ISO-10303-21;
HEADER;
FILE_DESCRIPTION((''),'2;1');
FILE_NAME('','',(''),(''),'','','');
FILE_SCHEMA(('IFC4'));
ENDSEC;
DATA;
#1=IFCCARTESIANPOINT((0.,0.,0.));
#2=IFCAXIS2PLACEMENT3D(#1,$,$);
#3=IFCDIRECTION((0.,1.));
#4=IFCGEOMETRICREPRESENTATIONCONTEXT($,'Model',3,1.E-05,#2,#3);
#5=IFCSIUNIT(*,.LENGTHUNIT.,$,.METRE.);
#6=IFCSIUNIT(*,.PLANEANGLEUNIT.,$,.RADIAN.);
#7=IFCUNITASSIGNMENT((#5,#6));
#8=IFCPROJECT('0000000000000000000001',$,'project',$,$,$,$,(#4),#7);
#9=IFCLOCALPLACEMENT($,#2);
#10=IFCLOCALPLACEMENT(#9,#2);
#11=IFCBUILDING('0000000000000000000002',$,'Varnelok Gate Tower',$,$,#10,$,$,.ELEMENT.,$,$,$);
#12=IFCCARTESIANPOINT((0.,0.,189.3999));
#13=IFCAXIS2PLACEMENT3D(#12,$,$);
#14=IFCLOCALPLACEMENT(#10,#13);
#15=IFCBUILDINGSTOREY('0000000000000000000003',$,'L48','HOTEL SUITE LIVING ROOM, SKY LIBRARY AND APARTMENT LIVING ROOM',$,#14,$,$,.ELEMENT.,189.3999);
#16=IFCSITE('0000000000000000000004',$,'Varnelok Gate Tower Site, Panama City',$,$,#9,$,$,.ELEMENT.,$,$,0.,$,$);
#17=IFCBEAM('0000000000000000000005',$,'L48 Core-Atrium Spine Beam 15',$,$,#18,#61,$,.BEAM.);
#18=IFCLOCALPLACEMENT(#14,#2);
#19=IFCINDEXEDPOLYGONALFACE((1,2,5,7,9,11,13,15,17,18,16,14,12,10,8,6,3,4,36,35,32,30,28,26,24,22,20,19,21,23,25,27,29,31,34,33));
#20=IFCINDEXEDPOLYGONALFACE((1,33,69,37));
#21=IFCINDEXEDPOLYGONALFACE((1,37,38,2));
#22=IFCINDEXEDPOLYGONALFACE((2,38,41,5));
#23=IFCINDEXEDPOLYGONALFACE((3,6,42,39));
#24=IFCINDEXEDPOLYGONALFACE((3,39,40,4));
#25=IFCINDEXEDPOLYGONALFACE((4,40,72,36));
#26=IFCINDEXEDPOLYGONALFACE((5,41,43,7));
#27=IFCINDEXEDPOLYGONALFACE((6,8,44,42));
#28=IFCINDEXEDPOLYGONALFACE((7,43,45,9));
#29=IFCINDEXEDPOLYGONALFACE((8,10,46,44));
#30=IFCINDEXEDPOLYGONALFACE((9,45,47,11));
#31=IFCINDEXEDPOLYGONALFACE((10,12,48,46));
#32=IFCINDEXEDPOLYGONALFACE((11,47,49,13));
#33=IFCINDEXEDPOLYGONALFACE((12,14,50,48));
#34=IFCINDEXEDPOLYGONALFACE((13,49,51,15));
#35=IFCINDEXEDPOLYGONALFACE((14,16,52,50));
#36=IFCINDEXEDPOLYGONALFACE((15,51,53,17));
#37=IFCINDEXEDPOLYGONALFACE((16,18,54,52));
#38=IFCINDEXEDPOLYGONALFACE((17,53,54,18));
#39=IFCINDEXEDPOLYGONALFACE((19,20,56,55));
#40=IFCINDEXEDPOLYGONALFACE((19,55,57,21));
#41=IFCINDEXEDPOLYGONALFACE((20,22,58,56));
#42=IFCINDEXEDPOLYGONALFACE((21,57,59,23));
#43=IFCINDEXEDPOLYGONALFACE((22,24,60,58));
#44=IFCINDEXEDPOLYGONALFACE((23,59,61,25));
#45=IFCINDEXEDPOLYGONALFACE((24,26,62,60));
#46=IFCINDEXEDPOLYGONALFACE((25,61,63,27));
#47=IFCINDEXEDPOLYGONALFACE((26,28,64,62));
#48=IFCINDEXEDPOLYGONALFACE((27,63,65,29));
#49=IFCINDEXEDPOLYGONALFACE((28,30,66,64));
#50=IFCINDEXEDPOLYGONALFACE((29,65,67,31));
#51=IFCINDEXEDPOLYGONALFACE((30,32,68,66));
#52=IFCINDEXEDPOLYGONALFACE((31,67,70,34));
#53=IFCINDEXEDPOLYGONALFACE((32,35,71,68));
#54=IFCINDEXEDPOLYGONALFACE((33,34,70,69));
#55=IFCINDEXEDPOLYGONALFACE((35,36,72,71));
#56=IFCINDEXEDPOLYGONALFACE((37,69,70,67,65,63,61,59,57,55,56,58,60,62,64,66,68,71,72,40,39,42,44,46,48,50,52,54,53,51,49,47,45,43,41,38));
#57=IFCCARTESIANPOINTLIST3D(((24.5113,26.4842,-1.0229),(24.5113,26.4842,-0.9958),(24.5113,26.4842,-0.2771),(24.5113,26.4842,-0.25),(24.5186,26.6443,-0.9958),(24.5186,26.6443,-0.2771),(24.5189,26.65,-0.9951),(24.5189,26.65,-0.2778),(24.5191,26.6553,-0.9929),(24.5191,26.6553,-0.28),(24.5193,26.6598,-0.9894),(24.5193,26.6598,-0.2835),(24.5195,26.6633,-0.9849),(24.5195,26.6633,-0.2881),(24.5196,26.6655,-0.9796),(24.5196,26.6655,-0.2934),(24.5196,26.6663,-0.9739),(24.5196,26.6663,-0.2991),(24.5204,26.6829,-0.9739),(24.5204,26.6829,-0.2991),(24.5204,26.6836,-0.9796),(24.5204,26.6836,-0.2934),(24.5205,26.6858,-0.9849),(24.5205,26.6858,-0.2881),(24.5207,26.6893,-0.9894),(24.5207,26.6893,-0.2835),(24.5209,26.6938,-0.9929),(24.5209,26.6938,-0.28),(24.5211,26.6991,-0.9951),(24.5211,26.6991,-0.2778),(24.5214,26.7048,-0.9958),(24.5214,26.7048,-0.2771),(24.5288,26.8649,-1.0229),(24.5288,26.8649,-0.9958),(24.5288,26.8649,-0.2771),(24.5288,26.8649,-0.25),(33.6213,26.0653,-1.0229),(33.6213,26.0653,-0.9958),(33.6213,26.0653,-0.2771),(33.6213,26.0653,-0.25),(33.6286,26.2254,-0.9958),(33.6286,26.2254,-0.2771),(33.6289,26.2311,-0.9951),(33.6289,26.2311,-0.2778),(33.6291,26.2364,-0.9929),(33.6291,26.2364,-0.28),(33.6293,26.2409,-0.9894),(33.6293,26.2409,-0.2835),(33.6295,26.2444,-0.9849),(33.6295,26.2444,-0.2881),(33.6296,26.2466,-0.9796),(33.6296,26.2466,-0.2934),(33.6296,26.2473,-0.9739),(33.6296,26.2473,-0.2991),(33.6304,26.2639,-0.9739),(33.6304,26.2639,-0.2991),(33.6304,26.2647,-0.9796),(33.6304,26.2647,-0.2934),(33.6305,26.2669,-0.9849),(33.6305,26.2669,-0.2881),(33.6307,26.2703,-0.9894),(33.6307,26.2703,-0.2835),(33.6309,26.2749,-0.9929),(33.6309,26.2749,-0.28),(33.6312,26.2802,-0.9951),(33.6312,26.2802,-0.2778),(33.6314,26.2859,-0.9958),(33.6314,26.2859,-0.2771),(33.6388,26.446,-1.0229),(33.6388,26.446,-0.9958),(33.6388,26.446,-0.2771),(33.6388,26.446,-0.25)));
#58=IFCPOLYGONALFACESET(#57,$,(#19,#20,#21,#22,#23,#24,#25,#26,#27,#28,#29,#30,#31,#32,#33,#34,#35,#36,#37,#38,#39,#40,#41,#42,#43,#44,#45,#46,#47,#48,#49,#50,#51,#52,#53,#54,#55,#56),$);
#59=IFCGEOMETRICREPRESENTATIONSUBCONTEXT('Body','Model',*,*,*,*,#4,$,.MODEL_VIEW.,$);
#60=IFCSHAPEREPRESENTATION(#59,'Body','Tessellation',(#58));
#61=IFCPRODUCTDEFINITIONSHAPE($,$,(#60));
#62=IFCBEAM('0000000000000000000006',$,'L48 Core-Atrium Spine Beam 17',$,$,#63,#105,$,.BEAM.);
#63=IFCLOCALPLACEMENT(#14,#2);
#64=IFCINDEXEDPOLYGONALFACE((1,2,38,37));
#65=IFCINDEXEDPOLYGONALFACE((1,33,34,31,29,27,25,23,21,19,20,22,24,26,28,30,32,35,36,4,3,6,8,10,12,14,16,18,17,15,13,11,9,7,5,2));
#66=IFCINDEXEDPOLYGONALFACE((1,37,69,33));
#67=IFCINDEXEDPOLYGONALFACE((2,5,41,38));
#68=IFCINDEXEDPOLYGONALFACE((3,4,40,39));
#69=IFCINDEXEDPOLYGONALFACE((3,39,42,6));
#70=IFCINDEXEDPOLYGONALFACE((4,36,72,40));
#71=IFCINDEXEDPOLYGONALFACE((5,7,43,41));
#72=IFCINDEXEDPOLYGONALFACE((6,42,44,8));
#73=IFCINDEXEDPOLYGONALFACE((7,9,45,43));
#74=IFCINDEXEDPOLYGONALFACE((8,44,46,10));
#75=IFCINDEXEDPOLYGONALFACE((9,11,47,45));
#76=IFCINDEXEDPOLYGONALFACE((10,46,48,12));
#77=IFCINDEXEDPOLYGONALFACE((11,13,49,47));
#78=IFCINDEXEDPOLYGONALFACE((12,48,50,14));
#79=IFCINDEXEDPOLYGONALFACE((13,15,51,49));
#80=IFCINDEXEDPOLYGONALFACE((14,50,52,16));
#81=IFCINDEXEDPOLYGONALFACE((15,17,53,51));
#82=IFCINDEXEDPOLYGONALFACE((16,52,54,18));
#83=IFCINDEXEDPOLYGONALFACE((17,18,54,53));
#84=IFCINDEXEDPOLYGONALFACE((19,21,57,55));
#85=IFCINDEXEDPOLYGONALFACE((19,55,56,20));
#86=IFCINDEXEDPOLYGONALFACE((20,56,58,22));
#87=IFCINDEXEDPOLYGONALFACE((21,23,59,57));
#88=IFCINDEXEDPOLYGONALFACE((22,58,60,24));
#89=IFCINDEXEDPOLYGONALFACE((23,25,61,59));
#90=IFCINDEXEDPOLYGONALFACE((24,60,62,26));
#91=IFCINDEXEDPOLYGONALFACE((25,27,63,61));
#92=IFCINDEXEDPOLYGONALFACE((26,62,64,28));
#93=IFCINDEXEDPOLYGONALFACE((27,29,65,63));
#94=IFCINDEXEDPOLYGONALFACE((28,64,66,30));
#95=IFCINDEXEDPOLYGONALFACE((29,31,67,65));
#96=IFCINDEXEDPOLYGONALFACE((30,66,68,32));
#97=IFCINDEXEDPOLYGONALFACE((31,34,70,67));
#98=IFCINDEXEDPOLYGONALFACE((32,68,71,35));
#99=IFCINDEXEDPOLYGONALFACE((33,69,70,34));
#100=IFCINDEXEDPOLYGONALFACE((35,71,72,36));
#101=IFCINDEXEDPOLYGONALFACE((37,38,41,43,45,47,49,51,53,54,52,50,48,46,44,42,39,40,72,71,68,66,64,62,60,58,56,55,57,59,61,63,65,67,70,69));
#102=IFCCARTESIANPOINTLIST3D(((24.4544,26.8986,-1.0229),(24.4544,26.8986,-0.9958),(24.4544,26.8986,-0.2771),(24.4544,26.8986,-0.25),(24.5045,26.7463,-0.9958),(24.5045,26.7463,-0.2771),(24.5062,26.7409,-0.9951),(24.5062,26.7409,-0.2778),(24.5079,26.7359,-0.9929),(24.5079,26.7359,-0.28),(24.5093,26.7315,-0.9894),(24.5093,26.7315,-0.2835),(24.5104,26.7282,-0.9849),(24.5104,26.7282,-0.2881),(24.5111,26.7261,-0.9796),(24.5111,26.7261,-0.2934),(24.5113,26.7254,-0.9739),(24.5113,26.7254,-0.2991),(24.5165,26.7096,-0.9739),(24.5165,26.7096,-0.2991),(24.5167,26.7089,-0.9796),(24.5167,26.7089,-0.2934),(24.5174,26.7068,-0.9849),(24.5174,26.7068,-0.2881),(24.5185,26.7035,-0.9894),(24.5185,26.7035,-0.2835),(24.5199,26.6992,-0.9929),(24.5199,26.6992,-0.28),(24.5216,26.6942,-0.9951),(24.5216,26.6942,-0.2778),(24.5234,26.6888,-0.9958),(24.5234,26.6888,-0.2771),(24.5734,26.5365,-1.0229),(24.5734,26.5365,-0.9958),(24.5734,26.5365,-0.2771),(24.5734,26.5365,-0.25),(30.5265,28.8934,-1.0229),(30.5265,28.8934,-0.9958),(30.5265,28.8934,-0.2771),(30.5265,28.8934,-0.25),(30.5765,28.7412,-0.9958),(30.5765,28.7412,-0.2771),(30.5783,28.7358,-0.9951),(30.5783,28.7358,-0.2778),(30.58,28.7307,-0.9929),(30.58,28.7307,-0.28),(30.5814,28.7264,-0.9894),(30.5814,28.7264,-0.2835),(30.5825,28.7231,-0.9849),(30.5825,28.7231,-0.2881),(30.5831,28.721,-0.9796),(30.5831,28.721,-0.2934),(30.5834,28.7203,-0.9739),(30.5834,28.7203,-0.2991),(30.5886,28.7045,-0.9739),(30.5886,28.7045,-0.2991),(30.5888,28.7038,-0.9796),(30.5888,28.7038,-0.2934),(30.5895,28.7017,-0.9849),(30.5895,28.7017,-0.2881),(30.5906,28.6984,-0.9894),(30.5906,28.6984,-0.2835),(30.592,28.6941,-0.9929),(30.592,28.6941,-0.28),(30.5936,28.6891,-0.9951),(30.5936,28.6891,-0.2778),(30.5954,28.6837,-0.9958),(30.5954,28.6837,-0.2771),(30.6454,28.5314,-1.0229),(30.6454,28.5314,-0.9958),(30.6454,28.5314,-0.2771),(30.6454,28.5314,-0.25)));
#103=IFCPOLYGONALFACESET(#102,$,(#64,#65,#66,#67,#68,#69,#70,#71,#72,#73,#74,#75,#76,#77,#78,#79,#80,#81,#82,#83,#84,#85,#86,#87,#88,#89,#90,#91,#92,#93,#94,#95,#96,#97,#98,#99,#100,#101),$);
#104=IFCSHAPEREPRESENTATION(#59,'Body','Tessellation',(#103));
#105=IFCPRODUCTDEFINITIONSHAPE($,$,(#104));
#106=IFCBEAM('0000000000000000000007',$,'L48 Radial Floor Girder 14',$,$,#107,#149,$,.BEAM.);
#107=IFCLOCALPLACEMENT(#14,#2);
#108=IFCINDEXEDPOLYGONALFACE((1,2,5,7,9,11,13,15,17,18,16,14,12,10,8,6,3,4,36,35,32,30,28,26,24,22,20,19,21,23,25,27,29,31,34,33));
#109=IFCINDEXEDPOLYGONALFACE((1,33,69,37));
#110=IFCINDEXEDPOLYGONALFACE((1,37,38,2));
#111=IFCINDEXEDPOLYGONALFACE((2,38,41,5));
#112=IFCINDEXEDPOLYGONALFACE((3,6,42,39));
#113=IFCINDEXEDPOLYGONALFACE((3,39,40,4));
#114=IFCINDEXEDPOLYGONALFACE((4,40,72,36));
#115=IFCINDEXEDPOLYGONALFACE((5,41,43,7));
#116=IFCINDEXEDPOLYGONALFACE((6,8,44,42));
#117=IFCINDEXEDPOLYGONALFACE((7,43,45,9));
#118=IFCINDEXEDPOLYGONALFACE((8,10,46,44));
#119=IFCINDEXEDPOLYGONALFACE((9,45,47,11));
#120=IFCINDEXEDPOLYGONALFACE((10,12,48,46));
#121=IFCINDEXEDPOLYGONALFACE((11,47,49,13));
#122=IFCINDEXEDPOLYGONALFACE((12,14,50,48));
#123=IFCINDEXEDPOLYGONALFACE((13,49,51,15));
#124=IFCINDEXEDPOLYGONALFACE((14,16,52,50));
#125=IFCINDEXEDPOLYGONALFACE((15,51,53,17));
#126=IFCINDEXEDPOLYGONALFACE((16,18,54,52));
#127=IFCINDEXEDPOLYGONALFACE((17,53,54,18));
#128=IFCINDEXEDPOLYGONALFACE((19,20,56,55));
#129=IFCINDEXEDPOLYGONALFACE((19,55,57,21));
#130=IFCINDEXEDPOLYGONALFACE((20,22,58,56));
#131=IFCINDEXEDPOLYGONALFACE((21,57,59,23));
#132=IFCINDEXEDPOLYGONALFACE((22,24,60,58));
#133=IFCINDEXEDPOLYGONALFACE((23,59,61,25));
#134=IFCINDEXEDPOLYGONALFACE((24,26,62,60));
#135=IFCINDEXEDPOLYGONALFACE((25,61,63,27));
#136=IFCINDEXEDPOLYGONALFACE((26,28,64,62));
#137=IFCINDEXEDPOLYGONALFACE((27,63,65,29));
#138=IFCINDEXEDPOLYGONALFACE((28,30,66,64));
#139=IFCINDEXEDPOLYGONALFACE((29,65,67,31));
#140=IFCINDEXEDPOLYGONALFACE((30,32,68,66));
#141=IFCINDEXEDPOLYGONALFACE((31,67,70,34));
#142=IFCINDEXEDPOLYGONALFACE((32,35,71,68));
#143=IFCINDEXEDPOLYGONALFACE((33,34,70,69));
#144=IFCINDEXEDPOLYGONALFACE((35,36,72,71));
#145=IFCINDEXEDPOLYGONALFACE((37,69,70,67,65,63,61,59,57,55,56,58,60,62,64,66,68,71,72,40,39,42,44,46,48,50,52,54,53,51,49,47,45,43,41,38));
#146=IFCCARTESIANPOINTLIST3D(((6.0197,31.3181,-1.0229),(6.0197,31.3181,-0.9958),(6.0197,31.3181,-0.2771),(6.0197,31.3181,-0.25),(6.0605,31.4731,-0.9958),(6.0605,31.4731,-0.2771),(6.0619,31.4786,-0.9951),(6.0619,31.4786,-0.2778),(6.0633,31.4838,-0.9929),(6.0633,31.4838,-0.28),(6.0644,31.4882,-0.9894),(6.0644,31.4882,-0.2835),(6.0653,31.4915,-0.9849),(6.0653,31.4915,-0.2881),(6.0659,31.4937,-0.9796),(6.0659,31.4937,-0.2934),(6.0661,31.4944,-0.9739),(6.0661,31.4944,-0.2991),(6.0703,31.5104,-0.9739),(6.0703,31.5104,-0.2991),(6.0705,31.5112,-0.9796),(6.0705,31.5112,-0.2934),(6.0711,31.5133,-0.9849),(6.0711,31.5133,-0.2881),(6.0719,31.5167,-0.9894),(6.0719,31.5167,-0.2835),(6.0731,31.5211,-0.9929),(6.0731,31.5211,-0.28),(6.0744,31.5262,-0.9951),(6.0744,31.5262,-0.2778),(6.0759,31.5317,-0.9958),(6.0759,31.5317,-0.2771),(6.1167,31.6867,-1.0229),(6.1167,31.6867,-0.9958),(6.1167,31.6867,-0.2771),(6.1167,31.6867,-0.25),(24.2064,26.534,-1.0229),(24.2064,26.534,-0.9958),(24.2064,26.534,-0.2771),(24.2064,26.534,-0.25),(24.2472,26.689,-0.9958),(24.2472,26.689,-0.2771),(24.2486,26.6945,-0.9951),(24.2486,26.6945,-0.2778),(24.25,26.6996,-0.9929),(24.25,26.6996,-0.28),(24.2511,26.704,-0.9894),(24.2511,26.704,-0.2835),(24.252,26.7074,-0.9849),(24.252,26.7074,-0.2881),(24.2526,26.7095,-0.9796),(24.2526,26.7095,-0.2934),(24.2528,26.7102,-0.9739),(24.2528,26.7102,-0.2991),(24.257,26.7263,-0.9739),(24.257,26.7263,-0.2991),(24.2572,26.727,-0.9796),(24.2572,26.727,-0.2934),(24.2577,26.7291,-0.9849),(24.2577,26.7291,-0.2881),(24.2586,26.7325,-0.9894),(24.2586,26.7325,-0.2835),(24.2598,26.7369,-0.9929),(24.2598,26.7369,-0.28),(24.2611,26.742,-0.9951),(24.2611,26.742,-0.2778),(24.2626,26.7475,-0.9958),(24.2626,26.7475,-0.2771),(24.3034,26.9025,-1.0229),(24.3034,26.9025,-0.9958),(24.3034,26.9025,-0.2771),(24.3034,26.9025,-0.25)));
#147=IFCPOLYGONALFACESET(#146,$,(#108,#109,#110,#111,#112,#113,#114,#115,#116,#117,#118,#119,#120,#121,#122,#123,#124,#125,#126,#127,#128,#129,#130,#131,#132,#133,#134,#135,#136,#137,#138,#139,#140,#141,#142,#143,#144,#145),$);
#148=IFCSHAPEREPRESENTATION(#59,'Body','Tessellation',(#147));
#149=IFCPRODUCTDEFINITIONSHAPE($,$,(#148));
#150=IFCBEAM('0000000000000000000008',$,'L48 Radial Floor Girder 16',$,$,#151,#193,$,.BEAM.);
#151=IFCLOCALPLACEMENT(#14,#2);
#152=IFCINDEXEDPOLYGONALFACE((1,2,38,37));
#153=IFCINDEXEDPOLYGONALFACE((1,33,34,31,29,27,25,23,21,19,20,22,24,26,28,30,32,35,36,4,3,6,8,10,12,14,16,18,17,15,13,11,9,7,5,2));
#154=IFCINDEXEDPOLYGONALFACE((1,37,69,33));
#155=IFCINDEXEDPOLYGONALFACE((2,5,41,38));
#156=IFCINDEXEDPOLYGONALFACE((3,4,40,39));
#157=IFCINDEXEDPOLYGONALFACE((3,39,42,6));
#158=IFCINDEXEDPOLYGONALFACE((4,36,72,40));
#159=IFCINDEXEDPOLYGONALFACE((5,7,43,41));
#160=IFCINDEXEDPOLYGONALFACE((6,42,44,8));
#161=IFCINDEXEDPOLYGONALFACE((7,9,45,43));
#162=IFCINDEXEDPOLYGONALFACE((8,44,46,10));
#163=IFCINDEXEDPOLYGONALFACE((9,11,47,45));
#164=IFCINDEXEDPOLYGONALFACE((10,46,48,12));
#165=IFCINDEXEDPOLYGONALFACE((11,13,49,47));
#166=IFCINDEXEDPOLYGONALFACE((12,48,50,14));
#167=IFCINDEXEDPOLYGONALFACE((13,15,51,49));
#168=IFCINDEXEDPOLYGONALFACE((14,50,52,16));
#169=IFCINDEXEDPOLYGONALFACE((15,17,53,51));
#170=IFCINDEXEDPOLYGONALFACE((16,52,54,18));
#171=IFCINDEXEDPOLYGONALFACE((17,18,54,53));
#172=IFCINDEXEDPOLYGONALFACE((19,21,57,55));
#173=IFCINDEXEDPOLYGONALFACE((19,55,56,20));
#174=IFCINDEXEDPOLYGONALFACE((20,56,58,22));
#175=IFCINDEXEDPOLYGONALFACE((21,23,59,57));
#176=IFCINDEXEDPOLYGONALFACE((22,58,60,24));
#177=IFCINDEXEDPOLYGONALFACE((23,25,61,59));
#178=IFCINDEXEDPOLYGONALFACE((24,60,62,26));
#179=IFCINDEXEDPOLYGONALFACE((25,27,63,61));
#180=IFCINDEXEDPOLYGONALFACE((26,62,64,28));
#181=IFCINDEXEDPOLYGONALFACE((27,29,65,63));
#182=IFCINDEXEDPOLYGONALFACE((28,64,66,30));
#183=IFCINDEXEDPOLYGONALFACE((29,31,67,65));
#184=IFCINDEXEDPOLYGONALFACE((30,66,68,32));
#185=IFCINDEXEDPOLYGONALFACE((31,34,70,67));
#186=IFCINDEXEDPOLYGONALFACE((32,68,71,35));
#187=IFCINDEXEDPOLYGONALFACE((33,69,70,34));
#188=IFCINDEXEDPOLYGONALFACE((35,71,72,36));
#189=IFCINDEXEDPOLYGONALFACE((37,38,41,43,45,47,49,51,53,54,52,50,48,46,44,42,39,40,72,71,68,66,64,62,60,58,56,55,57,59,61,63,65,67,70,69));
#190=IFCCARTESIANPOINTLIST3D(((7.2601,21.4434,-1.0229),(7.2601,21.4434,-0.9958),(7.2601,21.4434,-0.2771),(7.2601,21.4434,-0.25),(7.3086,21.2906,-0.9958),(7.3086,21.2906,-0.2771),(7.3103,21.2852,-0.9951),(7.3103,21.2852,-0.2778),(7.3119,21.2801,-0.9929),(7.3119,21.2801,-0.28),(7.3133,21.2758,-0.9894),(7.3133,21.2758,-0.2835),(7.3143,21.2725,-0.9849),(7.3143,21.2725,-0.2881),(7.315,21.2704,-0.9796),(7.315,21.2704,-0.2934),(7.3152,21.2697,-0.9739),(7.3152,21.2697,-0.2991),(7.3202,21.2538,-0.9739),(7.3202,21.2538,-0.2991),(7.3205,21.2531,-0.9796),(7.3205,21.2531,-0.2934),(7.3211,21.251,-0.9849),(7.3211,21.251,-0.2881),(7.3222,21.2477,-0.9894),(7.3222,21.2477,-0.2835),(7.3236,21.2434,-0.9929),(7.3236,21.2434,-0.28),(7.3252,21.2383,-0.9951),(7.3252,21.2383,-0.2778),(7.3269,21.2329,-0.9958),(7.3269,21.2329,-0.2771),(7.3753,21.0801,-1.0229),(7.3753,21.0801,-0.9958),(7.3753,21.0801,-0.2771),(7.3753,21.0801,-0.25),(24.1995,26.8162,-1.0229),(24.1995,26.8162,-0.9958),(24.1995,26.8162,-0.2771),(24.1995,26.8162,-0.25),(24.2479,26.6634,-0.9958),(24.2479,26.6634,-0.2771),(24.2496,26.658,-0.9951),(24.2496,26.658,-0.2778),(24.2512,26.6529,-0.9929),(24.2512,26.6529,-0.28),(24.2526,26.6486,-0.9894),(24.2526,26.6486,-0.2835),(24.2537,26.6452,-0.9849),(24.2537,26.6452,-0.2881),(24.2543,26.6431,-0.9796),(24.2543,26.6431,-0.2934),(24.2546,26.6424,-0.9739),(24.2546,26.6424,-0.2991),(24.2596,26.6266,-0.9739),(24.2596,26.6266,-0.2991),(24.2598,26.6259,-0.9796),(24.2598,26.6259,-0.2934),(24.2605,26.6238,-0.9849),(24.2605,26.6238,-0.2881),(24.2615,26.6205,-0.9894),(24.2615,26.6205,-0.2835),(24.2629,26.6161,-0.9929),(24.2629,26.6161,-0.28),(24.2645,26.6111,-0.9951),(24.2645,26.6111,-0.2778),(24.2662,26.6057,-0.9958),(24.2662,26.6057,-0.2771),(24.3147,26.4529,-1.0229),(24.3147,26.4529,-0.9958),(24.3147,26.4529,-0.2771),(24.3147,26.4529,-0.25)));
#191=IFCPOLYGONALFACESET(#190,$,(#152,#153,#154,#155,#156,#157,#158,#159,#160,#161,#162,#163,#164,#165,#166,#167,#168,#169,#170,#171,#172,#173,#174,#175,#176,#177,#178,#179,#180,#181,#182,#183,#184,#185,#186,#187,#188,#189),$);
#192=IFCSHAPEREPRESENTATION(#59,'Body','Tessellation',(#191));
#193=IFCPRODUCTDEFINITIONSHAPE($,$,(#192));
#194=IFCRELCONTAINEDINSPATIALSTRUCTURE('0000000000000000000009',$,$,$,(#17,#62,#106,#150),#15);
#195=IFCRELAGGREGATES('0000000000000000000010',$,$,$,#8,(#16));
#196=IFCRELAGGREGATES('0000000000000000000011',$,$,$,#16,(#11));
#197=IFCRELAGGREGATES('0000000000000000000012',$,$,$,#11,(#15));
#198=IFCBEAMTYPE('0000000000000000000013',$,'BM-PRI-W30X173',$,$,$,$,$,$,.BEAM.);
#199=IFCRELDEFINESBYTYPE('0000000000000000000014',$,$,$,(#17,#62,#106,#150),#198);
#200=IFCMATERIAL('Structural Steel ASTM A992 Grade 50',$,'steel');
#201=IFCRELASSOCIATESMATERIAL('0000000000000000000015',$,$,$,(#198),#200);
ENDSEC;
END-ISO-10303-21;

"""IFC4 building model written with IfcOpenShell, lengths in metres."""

from ifc_helpers import new_model, si_unit, direction, frame, origin, origin_2d, place, context, subcontext, project, spatial, i_section, extrude, material, material_profile, profile_set, type_object, element, save


model = new_model("IFC4")

# Units and contexts
model_context = context("Model", 3, precision=1e-05, world=origin(), true_north=direction((0.0, 1.0)))
body_context = subcontext(model_context, "Body", "Model", "MODEL_VIEW")
ifc_project = project(units=[si_unit("LENGTHUNIT", "METRE"), si_unit("PLANEANGLEUNIT", "RADIAN")], contexts=[model_context])

# Site, building, storey
site_placement = place(None, origin())
site = spatial("IfcSite", under=ifc_project, at=site_placement, Name="Varnelok Gate Tower Site, Panama City", CompositionType="ELEMENT", RefElevation=0.0)
building_placement = place(site_placement, origin())
building = spatial("IfcBuilding", under=site, at=building_placement, Name="Varnelok Gate Tower", CompositionType="ELEMENT")
storey_placement = place(building_placement, frame((0.0, 0.0, 189.3999)))
storey = spatial("IfcBuildingStorey", under=building, at=storey_placement, Name="L48", Description="HOTEL SUITE LIVING ROOM, SKY LIBRARY AND APARTMENT LIVING ROOM", CompositionType="ELEMENT", Elevation=189.3999)

# Shared definitions
ifc_material_1 = material(Name="Structural Steel ASTM A992 Grade 50", Category="steel")

# Beams
ifc_material_profile_1 = material_profile(ifc_material_1, i_section(OverallWidth=0.3811, OverallDepth=0.7729, WebThickness=0.0166, FlangeThickness=0.0271, FilletRadius=0.022, at=origin_2d()), Name="W30X173")
ifc_profile_set_1 = profile_set([ifc_material_profile_1], Name="Structural Steel ASTM A992 Grade 50")
beam_type_1 = type_object("IfcBeamType", Name="BM-PRI-W30X173", PredefinedType="BEAM", material=ifc_profile_set_1)
beam_1_placement = place(storey_placement, frame((24.52, 26.6746, -0.6365), z_axis=(0.998944, -0.045938, 0.0), x_axis=(0.045938, 0.998944, 0.0)))
element("IfcBeam", 1, at=beam_1_placement, inside=storey, type_object=beam_type_1, Name="L48 Core-Atrium Spine Beam 15", PredefinedType="BEAM", context=body_context, shape_type="SweptSolid", body=[
    extrude(i_section(OverallWidth=0.3811, OverallDepth=0.7729, WebThickness=0.0166, FlangeThickness=0.0271, FilletRadius=0.022, at=origin_2d()), origin(), (0.0, 0.0, 1.0), 9.1196),
])
beam_2_placement = place(storey_placement, frame((24.5139, 26.7175, -0.6365), z_axis=(0.950042, 0.312122, 0.0), x_axis=(-0.312122, 0.950042, 0.0)))
element("IfcBeam", 2, at=beam_2_placement, inside=storey, type_object=beam_type_1, Name="L48 Core-Atrium Spine Beam 17", PredefinedType="BEAM", context=body_context, shape_type="SweptSolid", body=[
    extrude(i_section(OverallWidth=0.3811, OverallDepth=0.7729, WebThickness=0.0166, FlangeThickness=0.0271, FilletRadius=0.022, at=origin_2d()), origin(), (0.0, 0.0, 1.0), 6.3914),
])
beam_3_placement = place(storey_placement, frame((24.2549, 26.7183, -0.6365), z_axis=(-0.967098, 0.254403, 0.0), x_axis=(-0.254403, -0.967098, 0.0)))
element("IfcBeam", 3, at=beam_3_placement, inside=storey, type_object=beam_type_1, Name="L48 Radial Floor Girder 14", PredefinedType="BEAM", context=body_context, shape_type="SweptSolid", body=[
    extrude(i_section(OverallWidth=0.3811, OverallDepth=0.7729, WebThickness=0.0166, FlangeThickness=0.0271, FilletRadius=0.022, at=origin_2d()), origin(), (0.0, 0.0, 1.0), 18.8054),
])
beam_4_placement = place(storey_placement, frame((24.2571, 26.6345, -0.6365), z_axis=(-0.953202, -0.302334, 0.0), x_axis=(0.302334, -0.953202, 0.0)))
element("IfcBeam", 4, at=beam_4_placement, inside=storey, type_object=beam_type_1, Name="L48 Radial Floor Girder 16", PredefinedType="BEAM", context=body_context, shape_type="SweptSolid", body=[
    extrude(i_section(OverallWidth=0.3811, OverallDepth=0.7729, WebThickness=0.0166, FlangeThickness=0.0271, FilletRadius=0.022, at=origin_2d()), origin(), (0.0, 0.0, 1.0), 17.771),
])

save(model, "model.ifc")
